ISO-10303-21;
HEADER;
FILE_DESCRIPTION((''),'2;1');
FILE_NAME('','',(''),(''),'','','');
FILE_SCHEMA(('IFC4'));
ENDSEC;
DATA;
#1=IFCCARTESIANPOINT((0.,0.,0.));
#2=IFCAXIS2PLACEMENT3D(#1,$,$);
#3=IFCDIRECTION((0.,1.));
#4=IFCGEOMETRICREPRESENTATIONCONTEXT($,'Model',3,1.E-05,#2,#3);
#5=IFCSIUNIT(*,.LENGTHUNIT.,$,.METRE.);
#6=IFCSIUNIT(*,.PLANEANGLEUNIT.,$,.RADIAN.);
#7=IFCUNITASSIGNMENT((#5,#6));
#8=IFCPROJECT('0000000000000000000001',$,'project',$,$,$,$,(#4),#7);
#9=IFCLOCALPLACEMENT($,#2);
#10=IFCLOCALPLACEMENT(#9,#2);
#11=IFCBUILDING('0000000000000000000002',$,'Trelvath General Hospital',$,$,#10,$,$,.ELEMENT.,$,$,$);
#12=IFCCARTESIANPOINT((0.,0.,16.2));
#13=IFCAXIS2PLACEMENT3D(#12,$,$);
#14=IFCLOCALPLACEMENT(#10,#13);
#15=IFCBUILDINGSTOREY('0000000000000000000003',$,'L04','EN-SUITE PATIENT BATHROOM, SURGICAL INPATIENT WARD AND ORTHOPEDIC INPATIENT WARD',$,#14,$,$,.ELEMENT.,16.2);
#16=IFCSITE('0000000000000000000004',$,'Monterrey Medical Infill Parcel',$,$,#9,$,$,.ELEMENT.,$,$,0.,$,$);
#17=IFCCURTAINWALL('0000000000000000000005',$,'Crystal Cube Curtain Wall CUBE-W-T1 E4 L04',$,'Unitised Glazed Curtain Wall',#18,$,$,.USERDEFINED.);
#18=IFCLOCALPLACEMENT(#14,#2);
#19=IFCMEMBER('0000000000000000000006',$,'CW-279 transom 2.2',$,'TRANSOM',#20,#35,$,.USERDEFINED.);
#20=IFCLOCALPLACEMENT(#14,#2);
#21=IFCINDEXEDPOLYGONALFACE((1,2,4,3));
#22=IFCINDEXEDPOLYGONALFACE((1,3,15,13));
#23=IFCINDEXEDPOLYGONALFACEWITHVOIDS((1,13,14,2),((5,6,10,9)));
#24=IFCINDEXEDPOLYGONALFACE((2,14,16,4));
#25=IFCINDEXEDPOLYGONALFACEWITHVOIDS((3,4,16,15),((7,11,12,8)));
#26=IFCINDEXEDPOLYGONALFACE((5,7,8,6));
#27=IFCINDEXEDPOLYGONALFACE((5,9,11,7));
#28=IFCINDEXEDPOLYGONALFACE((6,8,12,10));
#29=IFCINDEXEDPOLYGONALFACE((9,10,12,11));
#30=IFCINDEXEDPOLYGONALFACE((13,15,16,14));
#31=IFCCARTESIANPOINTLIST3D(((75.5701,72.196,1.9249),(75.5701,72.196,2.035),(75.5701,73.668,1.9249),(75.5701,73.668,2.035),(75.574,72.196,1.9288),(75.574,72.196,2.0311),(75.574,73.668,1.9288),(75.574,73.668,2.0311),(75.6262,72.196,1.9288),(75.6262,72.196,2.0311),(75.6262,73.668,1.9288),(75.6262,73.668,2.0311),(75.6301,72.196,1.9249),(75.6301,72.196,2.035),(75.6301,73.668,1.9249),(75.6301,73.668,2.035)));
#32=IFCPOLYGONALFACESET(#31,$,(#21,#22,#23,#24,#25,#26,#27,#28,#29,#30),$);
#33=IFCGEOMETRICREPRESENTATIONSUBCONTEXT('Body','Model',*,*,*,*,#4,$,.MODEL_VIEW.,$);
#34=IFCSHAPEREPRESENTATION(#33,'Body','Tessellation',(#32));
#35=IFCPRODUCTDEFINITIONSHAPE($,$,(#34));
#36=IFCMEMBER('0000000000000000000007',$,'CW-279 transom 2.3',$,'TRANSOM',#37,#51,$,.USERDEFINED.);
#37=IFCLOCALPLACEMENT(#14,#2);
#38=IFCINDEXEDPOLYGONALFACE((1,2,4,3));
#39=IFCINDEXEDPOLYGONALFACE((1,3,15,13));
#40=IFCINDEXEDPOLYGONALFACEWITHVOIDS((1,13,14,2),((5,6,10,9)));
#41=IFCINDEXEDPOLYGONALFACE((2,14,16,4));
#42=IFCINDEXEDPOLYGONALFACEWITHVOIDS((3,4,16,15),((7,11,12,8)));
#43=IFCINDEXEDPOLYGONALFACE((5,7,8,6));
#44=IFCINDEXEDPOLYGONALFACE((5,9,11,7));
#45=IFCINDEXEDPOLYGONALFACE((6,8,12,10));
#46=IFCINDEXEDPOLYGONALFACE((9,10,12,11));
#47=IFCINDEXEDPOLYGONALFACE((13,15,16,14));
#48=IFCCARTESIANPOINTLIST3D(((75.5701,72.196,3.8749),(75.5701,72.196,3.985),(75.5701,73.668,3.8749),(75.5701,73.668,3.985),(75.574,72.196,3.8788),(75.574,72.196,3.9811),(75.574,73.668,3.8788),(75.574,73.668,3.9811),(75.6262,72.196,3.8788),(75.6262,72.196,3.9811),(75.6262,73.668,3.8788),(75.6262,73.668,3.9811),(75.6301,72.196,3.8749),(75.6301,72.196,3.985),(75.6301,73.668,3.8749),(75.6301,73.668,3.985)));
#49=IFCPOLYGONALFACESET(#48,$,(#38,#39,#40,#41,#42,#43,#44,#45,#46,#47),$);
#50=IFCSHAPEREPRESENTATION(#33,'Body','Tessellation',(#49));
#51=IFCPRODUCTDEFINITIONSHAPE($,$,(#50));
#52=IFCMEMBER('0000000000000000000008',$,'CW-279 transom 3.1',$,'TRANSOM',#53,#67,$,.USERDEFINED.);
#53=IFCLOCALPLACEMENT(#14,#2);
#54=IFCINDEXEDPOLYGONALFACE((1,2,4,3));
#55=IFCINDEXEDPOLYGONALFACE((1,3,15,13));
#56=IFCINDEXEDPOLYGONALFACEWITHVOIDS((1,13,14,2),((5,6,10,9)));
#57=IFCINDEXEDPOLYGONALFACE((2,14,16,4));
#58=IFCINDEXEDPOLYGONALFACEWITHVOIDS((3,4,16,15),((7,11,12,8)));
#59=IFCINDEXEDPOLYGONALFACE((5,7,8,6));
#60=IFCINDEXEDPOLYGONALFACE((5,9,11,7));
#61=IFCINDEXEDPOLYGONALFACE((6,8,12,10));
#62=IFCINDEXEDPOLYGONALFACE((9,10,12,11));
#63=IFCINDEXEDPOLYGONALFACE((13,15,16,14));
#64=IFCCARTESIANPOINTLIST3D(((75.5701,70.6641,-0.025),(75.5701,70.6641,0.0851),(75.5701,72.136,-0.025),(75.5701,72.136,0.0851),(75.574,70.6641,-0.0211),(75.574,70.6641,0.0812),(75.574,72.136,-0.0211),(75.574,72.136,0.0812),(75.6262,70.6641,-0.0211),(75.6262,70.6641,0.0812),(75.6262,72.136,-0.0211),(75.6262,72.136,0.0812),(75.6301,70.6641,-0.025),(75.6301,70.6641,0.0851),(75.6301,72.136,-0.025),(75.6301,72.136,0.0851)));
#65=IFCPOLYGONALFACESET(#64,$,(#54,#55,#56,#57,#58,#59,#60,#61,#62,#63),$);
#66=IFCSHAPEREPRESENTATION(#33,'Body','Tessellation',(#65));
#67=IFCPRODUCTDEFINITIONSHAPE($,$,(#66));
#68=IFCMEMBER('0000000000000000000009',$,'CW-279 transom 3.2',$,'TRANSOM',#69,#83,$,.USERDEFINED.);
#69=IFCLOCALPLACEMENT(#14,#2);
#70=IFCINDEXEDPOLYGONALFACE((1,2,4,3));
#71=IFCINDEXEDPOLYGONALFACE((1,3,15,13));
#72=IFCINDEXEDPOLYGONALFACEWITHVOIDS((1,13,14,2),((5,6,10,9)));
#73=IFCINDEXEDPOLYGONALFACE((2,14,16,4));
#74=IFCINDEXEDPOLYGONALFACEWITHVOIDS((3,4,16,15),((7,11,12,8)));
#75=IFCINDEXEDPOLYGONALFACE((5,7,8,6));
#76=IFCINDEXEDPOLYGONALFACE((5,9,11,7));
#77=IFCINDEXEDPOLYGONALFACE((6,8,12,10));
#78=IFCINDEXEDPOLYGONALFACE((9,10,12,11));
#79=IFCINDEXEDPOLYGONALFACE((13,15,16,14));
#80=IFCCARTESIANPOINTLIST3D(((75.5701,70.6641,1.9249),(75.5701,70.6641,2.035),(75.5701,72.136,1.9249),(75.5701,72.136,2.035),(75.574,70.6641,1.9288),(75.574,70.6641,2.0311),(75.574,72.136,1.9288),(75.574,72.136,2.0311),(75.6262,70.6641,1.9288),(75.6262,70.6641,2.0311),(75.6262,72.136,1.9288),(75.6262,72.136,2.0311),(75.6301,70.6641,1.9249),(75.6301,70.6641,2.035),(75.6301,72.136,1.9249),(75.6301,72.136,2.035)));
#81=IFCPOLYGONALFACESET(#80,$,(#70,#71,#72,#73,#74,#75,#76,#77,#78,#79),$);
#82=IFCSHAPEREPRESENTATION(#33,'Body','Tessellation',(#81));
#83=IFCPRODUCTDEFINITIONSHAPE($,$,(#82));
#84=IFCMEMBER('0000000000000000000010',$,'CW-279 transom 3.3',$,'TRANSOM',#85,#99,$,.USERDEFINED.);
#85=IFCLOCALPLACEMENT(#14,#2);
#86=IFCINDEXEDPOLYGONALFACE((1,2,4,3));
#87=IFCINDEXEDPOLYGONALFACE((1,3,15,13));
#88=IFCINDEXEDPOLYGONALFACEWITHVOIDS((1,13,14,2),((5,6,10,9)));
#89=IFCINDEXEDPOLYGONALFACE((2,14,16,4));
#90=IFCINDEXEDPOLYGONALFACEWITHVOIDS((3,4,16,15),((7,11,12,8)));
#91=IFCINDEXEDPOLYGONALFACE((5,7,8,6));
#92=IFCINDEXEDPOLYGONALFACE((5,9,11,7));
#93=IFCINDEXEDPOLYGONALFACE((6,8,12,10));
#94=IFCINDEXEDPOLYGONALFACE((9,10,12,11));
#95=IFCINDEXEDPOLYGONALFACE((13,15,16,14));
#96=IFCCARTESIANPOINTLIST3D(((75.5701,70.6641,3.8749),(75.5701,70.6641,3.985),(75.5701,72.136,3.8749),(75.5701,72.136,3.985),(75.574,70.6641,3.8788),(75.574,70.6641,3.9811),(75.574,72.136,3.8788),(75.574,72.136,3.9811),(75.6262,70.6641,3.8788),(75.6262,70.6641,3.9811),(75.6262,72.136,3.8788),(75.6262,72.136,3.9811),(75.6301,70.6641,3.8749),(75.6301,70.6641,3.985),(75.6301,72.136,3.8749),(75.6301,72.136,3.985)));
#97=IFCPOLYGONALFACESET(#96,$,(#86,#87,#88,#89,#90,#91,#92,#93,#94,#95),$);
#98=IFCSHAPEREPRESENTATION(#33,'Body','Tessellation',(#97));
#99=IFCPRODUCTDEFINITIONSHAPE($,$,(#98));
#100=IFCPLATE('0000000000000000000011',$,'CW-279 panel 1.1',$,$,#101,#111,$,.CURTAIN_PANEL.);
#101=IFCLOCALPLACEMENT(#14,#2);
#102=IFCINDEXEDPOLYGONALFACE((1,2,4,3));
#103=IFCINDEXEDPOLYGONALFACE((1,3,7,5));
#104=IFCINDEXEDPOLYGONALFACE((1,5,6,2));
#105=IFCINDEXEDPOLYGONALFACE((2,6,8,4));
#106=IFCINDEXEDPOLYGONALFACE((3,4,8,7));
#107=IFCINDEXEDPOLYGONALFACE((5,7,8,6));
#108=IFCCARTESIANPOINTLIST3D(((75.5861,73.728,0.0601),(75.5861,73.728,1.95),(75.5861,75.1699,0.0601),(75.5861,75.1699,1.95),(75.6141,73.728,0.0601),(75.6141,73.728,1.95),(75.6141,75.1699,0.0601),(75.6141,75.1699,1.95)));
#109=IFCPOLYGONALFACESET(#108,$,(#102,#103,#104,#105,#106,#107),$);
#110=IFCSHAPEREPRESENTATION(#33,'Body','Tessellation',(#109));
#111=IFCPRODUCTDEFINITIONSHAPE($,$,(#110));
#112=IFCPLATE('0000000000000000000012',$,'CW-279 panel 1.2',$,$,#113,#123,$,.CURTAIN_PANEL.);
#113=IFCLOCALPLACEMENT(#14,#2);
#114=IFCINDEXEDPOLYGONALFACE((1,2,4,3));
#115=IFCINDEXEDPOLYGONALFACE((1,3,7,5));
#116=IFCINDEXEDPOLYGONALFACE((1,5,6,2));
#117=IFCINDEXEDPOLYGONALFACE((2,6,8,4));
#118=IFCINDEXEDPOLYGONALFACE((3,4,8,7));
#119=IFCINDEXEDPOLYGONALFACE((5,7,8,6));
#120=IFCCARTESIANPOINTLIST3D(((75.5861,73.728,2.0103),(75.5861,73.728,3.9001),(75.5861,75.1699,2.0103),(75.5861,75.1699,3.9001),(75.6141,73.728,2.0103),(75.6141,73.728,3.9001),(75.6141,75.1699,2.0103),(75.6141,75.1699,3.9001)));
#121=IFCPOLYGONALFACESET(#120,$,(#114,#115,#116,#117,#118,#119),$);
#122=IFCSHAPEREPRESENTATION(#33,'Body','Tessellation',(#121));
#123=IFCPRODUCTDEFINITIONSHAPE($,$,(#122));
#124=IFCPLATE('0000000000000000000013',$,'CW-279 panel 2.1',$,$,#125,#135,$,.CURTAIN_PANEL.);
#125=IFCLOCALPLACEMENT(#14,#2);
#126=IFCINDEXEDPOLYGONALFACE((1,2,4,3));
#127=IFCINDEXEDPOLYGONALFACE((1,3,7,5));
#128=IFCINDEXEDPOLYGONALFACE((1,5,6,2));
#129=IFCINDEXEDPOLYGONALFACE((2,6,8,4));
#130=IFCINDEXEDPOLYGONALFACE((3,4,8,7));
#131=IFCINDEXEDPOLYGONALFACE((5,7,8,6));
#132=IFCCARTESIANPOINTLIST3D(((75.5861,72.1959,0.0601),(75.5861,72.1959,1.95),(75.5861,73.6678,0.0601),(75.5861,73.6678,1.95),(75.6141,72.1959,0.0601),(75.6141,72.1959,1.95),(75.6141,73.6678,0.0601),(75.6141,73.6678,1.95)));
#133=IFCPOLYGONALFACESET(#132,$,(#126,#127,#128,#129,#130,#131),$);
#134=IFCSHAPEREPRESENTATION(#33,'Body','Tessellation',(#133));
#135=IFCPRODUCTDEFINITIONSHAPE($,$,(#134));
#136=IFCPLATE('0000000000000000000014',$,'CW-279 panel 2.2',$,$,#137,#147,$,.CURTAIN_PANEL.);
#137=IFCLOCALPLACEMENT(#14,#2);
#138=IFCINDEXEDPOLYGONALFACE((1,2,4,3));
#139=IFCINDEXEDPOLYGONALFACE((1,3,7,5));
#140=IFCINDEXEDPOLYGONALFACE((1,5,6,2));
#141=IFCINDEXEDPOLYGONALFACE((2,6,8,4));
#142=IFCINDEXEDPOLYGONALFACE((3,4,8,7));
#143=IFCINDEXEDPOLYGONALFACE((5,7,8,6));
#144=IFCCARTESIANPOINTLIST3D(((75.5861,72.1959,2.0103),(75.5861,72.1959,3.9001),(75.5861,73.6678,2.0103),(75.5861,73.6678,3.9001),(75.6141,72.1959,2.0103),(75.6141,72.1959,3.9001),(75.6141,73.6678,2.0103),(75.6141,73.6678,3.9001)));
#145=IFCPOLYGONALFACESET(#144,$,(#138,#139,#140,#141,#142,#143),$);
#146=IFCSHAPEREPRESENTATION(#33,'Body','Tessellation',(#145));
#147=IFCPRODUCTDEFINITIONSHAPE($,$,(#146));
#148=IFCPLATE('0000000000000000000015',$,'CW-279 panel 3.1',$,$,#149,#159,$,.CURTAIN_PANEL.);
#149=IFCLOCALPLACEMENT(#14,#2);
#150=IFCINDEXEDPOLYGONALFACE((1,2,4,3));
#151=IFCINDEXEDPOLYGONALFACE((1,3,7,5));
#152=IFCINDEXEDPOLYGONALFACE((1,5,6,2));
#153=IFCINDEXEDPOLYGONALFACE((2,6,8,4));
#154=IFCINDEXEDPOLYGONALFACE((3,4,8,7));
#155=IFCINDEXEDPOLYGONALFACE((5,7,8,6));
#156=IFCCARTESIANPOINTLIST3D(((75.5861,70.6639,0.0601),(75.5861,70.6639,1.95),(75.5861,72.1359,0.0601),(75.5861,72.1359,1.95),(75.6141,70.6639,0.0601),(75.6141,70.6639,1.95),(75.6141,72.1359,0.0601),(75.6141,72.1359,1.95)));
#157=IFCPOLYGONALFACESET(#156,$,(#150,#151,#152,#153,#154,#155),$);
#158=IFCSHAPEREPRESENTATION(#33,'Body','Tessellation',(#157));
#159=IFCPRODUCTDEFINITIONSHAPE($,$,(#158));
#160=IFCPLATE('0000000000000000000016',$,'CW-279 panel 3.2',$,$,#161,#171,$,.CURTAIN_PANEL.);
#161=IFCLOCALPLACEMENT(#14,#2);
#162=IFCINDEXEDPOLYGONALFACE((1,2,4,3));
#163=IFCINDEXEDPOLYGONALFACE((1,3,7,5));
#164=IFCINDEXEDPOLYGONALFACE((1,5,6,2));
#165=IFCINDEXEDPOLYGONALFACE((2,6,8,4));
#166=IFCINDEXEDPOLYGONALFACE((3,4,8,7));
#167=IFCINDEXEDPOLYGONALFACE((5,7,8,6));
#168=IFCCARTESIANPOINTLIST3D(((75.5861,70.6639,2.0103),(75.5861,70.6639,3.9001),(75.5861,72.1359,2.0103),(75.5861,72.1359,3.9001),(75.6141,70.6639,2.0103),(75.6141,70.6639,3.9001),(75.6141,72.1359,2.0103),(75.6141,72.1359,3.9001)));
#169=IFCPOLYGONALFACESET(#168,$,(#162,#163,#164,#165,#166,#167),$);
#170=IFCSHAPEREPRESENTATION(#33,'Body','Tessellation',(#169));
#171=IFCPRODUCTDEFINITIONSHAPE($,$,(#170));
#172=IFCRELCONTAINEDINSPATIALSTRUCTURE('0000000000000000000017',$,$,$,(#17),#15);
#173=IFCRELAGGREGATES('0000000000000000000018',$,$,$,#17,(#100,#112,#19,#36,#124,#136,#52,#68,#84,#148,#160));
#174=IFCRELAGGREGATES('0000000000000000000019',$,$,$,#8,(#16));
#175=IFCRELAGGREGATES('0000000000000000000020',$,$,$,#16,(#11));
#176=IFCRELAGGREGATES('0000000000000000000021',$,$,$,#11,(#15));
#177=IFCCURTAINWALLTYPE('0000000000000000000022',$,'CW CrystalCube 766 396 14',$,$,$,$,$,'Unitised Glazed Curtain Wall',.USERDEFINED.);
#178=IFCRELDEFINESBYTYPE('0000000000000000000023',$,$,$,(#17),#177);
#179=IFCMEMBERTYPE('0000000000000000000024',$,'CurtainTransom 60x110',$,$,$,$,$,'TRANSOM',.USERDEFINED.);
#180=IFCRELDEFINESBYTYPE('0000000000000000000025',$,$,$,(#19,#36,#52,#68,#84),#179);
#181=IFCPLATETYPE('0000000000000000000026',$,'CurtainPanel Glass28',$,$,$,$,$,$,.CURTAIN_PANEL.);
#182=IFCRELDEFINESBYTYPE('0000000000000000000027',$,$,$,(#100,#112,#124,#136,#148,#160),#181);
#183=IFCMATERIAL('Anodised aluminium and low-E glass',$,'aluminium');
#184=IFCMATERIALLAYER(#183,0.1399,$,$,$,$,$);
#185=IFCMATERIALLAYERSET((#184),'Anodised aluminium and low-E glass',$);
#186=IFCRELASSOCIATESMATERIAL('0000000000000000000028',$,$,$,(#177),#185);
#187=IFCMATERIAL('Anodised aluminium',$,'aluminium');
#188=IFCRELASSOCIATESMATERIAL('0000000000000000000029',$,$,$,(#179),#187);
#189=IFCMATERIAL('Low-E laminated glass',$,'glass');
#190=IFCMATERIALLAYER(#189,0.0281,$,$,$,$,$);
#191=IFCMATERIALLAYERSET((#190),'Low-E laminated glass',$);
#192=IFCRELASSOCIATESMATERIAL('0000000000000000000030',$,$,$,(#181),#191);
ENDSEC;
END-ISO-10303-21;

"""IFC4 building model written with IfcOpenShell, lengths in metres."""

from ifc_helpers import new_model, si_unit, direction, frame, origin, origin_2d, place, context, subcontext, project, spatial, rectangle, hollow_rectangle, extrude, material, layer, layer_set, material_profile, profile_set, type_object, element, aggregate, save


model = new_model("IFC4")

# Units and contexts
model_context = context("Model", 3, precision=1e-05, world=origin(), true_north=direction((0.0, 1.0)))
body_context = subcontext(model_context, "Body", "Model", "MODEL_VIEW")
ifc_project = project(units=[si_unit("LENGTHUNIT", "METRE"), si_unit("PLANEANGLEUNIT", "RADIAN")], contexts=[model_context])

# Site, building, storey
site_placement = place(None, origin())
site = spatial("IfcSite", under=ifc_project, at=site_placement, Name="Monterrey Medical Infill Parcel", CompositionType="ELEMENT", RefElevation=0.0)
building_placement = place(site_placement, origin())
building = spatial("IfcBuilding", under=site, at=building_placement, Name="Trelvath General Hospital", CompositionType="ELEMENT")
storey_placement = place(building_placement, frame((0.0, 0.0, 16.2)))
storey = spatial("IfcBuildingStorey", under=building, at=storey_placement, Name="L04", Description="EN-SUITE PATIENT BATHROOM, SURGICAL INPATIENT WARD AND ORTHOPEDIC INPATIENT WARD", CompositionType="ELEMENT", Elevation=16.2)

# Curtain wall
ifc_material_1 = material(Name="Anodised aluminium and low-E glass", Category="aluminium")
ifc_layer_1 = layer(ifc_material_1, 0.1399)
ifc_layer_set_1 = layer_set([ifc_layer_1], Name="Anodised aluminium and low-E glass")
curtain_wall_type_1 = type_object("IfcCurtainWallType", Name="CW CrystalCube 766 396 14", ElementType="Unitised Glazed Curtain Wall", PredefinedType="USERDEFINED", material=ifc_layer_set_1)
curtain_wall_1_placement = place(storey_placement, origin())
curtain_wall_1 = element("IfcCurtainWall", 1, at=curtain_wall_1_placement, inside=storey, type_object=curtain_wall_type_1, Name="Crystal Cube Curtain Wall CUBE-W-T1 E4 L04", ObjectType="Unitised Glazed Curtain Wall", PredefinedType="USERDEFINED")

# Members
ifc_material_2 = material(Name="Anodised aluminium", Category="aluminium")
ifc_material_profile_1 = material_profile(ifc_material_2, hollow_rectangle(XDim=0.0601, YDim=0.1101, WallThickness=0.0039, at=origin_2d()), Name="RHS60x110x4")
ifc_profile_set_1 = profile_set([ifc_material_profile_1], Name="Anodised aluminium")
member_type_1 = type_object("IfcMemberType", Name="CurtainTransom 60x110", ElementType="TRANSOM", PredefinedType="USERDEFINED", material=ifc_profile_set_1)
member_1_placement = place(storey_placement, frame((75.6001, 73.668, 1.98), z_axis=(0.0, -1.0, 0.0), x_axis=(1.0, 0.0, 0.0)))
member_1 = element("IfcMember", 2, at=member_1_placement, type_object=member_type_1, Name="CW-279 transom 2.2", ObjectType="TRANSOM", PredefinedType="USERDEFINED", context=body_context, shape_type="SweptSolid", body=[
    extrude(hollow_rectangle(XDim=0.0601, YDim=0.1101, WallThickness=0.0039, at=origin_2d()), origin(), (0.0, 0.0, 1.0), 1.4719),
])
member_2_placement = place(storey_placement, frame((75.6001, 73.668, 3.9299), z_axis=(0.0, -1.0, 0.0), x_axis=(1.0, 0.0, 0.0)))
member_2 = element("IfcMember", 3, at=member_2_placement, type_object=member_type_1, Name="CW-279 transom 2.3", ObjectType="TRANSOM", PredefinedType="USERDEFINED", context=body_context, shape_type="SweptSolid", body=[
    extrude(hollow_rectangle(XDim=0.0601, YDim=0.1101, WallThickness=0.0039, at=origin_2d()), origin(), (0.0, 0.0, 1.0), 1.4719),
])
member_3_placement = place(storey_placement, frame((75.6001, 72.136, 0.03), z_axis=(0.0, -1.0, 0.0), x_axis=(1.0, 0.0, 0.0)))
member_3 = element("IfcMember", 4, at=member_3_placement, type_object=member_type_1, Name="CW-279 transom 3.1", ObjectType="TRANSOM", PredefinedType="USERDEFINED", context=body_context, shape_type="SweptSolid", body=[
    extrude(hollow_rectangle(XDim=0.0601, YDim=0.1101, WallThickness=0.0039, at=origin_2d()), origin(), (0.0, 0.0, 1.0), 1.4719),
])
member_4_placement = place(storey_placement, frame((75.6001, 72.136, 1.98), z_axis=(0.0, -1.0, 0.0), x_axis=(1.0, 0.0, 0.0)))
member_4 = element("IfcMember", 5, at=member_4_placement, type_object=member_type_1, Name="CW-279 transom 3.2", ObjectType="TRANSOM", PredefinedType="USERDEFINED", context=body_context, shape_type="SweptSolid", body=[
    extrude(hollow_rectangle(XDim=0.0601, YDim=0.1101, WallThickness=0.0039, at=origin_2d()), origin(), (0.0, 0.0, 1.0), 1.4719),
])
member_5_placement = place(storey_placement, frame((75.6001, 72.136, 3.9299), z_axis=(0.0, -1.0, 0.0), x_axis=(1.0, 0.0, 0.0)))
member_5 = element("IfcMember", 6, at=member_5_placement, type_object=member_type_1, Name="CW-279 transom 3.3", ObjectType="TRANSOM", PredefinedType="USERDEFINED", context=body_context, shape_type="SweptSolid", body=[
    extrude(hollow_rectangle(XDim=0.0601, YDim=0.1101, WallThickness=0.0039, at=origin_2d()), origin(), (0.0, 0.0, 1.0), 1.4719),
])

# Plates
ifc_material_3 = material(Name="Low-E laminated glass", Category="glass")
ifc_layer_2 = layer(ifc_material_3, 0.0281)
ifc_layer_set_2 = layer_set([ifc_layer_2], Name="Low-E laminated glass")
plate_type = type_object("IfcPlateType", Name="CurtainPanel Glass28", PredefinedType="CURTAIN_PANEL", material=ifc_layer_set_2)
plate_1_placement = place(storey_placement, frame((75.6001, 74.449, 0.0601), z_axis=(0.0, 0.0, 1.0), x_axis=(0.0, -1.0, 0.0)))
plate_1 = element("IfcPlate", 7, at=plate_1_placement, type_object=plate_type, Name="CW-279 panel 1.1", PredefinedType="CURTAIN_PANEL", context=body_context, shape_type="SweptSolid", body=[
    extrude(rectangle(XDim=1.4419, YDim=0.0281, at=origin_2d()), origin(), (0.0, 0.0, 1.0), 1.8899),
])
plate_2_placement = place(storey_placement, frame((75.6001, 74.449, 2.0103), z_axis=(0.0, 0.0, 1.0), x_axis=(0.0, -1.0, 0.0)))
plate_2 = element("IfcPlate", 8, at=plate_2_placement, type_object=plate_type, Name="CW-279 panel 1.2", PredefinedType="CURTAIN_PANEL", context=body_context, shape_type="SweptSolid", body=[
    extrude(rectangle(XDim=1.4419, YDim=0.0281, at=origin_2d()), origin(), (0.0, 0.0, 1.0), 1.8899),
])
plate_3_placement = place(storey_placement, frame((75.6001, 72.9319, 0.0601), z_axis=(0.0, 0.0, 1.0), x_axis=(0.0, -1.0, 0.0)))
plate_3 = element("IfcPlate", 9, at=plate_3_placement, type_object=plate_type, Name="CW-279 panel 2.1", PredefinedType="CURTAIN_PANEL", context=body_context, shape_type="SweptSolid", body=[
    extrude(rectangle(XDim=1.4719, YDim=0.0281, at=origin_2d()), origin(), (0.0, 0.0, 1.0), 1.8899),
])
plate_4_placement = place(storey_placement, frame((75.6001, 72.9319, 2.0103), z_axis=(0.0, 0.0, 1.0), x_axis=(0.0, -1.0, 0.0)))
plate_4 = element("IfcPlate", 10, at=plate_4_placement, type_object=plate_type, Name="CW-279 panel 2.2", PredefinedType="CURTAIN_PANEL", context=body_context, shape_type="SweptSolid", body=[
    extrude(rectangle(XDim=1.4719, YDim=0.0281, at=origin_2d()), origin(), (0.0, 0.0, 1.0), 1.8899),
])
plate_5_placement = place(storey_placement, frame((75.6001, 71.3999, 0.0601), z_axis=(0.0, 0.0, 1.0), x_axis=(0.0, -1.0, 0.0)))
plate_5 = element("IfcPlate", 11, at=plate_5_placement, type_object=plate_type, Name="CW-279 panel 3.1", PredefinedType="CURTAIN_PANEL", context=body_context, shape_type="SweptSolid", body=[
    extrude(rectangle(XDim=1.4719, YDim=0.0281, at=origin_2d()), origin(), (0.0, 0.0, 1.0), 1.8899),
])
plate_6_placement = place(storey_placement, frame((75.6001, 71.3999, 2.0103), z_axis=(0.0, 0.0, 1.0), x_axis=(0.0, -1.0, 0.0)))
plate_6 = element("IfcPlate", 12, at=plate_6_placement, type_object=plate_type, Name="CW-279 panel 3.2", PredefinedType="CURTAIN_PANEL", context=body_context, shape_type="SweptSolid", body=[
    extrude(rectangle(XDim=1.4719, YDim=0.0281, at=origin_2d()), origin(), (0.0, 0.0, 1.0), 1.8899),
])
aggregate(curtain_wall_1, [plate_1, plate_2, member_1, member_2, plate_3, plate_4, member_3, member_4, member_5, plate_5, plate_6])

save(model, "model.ifc")
